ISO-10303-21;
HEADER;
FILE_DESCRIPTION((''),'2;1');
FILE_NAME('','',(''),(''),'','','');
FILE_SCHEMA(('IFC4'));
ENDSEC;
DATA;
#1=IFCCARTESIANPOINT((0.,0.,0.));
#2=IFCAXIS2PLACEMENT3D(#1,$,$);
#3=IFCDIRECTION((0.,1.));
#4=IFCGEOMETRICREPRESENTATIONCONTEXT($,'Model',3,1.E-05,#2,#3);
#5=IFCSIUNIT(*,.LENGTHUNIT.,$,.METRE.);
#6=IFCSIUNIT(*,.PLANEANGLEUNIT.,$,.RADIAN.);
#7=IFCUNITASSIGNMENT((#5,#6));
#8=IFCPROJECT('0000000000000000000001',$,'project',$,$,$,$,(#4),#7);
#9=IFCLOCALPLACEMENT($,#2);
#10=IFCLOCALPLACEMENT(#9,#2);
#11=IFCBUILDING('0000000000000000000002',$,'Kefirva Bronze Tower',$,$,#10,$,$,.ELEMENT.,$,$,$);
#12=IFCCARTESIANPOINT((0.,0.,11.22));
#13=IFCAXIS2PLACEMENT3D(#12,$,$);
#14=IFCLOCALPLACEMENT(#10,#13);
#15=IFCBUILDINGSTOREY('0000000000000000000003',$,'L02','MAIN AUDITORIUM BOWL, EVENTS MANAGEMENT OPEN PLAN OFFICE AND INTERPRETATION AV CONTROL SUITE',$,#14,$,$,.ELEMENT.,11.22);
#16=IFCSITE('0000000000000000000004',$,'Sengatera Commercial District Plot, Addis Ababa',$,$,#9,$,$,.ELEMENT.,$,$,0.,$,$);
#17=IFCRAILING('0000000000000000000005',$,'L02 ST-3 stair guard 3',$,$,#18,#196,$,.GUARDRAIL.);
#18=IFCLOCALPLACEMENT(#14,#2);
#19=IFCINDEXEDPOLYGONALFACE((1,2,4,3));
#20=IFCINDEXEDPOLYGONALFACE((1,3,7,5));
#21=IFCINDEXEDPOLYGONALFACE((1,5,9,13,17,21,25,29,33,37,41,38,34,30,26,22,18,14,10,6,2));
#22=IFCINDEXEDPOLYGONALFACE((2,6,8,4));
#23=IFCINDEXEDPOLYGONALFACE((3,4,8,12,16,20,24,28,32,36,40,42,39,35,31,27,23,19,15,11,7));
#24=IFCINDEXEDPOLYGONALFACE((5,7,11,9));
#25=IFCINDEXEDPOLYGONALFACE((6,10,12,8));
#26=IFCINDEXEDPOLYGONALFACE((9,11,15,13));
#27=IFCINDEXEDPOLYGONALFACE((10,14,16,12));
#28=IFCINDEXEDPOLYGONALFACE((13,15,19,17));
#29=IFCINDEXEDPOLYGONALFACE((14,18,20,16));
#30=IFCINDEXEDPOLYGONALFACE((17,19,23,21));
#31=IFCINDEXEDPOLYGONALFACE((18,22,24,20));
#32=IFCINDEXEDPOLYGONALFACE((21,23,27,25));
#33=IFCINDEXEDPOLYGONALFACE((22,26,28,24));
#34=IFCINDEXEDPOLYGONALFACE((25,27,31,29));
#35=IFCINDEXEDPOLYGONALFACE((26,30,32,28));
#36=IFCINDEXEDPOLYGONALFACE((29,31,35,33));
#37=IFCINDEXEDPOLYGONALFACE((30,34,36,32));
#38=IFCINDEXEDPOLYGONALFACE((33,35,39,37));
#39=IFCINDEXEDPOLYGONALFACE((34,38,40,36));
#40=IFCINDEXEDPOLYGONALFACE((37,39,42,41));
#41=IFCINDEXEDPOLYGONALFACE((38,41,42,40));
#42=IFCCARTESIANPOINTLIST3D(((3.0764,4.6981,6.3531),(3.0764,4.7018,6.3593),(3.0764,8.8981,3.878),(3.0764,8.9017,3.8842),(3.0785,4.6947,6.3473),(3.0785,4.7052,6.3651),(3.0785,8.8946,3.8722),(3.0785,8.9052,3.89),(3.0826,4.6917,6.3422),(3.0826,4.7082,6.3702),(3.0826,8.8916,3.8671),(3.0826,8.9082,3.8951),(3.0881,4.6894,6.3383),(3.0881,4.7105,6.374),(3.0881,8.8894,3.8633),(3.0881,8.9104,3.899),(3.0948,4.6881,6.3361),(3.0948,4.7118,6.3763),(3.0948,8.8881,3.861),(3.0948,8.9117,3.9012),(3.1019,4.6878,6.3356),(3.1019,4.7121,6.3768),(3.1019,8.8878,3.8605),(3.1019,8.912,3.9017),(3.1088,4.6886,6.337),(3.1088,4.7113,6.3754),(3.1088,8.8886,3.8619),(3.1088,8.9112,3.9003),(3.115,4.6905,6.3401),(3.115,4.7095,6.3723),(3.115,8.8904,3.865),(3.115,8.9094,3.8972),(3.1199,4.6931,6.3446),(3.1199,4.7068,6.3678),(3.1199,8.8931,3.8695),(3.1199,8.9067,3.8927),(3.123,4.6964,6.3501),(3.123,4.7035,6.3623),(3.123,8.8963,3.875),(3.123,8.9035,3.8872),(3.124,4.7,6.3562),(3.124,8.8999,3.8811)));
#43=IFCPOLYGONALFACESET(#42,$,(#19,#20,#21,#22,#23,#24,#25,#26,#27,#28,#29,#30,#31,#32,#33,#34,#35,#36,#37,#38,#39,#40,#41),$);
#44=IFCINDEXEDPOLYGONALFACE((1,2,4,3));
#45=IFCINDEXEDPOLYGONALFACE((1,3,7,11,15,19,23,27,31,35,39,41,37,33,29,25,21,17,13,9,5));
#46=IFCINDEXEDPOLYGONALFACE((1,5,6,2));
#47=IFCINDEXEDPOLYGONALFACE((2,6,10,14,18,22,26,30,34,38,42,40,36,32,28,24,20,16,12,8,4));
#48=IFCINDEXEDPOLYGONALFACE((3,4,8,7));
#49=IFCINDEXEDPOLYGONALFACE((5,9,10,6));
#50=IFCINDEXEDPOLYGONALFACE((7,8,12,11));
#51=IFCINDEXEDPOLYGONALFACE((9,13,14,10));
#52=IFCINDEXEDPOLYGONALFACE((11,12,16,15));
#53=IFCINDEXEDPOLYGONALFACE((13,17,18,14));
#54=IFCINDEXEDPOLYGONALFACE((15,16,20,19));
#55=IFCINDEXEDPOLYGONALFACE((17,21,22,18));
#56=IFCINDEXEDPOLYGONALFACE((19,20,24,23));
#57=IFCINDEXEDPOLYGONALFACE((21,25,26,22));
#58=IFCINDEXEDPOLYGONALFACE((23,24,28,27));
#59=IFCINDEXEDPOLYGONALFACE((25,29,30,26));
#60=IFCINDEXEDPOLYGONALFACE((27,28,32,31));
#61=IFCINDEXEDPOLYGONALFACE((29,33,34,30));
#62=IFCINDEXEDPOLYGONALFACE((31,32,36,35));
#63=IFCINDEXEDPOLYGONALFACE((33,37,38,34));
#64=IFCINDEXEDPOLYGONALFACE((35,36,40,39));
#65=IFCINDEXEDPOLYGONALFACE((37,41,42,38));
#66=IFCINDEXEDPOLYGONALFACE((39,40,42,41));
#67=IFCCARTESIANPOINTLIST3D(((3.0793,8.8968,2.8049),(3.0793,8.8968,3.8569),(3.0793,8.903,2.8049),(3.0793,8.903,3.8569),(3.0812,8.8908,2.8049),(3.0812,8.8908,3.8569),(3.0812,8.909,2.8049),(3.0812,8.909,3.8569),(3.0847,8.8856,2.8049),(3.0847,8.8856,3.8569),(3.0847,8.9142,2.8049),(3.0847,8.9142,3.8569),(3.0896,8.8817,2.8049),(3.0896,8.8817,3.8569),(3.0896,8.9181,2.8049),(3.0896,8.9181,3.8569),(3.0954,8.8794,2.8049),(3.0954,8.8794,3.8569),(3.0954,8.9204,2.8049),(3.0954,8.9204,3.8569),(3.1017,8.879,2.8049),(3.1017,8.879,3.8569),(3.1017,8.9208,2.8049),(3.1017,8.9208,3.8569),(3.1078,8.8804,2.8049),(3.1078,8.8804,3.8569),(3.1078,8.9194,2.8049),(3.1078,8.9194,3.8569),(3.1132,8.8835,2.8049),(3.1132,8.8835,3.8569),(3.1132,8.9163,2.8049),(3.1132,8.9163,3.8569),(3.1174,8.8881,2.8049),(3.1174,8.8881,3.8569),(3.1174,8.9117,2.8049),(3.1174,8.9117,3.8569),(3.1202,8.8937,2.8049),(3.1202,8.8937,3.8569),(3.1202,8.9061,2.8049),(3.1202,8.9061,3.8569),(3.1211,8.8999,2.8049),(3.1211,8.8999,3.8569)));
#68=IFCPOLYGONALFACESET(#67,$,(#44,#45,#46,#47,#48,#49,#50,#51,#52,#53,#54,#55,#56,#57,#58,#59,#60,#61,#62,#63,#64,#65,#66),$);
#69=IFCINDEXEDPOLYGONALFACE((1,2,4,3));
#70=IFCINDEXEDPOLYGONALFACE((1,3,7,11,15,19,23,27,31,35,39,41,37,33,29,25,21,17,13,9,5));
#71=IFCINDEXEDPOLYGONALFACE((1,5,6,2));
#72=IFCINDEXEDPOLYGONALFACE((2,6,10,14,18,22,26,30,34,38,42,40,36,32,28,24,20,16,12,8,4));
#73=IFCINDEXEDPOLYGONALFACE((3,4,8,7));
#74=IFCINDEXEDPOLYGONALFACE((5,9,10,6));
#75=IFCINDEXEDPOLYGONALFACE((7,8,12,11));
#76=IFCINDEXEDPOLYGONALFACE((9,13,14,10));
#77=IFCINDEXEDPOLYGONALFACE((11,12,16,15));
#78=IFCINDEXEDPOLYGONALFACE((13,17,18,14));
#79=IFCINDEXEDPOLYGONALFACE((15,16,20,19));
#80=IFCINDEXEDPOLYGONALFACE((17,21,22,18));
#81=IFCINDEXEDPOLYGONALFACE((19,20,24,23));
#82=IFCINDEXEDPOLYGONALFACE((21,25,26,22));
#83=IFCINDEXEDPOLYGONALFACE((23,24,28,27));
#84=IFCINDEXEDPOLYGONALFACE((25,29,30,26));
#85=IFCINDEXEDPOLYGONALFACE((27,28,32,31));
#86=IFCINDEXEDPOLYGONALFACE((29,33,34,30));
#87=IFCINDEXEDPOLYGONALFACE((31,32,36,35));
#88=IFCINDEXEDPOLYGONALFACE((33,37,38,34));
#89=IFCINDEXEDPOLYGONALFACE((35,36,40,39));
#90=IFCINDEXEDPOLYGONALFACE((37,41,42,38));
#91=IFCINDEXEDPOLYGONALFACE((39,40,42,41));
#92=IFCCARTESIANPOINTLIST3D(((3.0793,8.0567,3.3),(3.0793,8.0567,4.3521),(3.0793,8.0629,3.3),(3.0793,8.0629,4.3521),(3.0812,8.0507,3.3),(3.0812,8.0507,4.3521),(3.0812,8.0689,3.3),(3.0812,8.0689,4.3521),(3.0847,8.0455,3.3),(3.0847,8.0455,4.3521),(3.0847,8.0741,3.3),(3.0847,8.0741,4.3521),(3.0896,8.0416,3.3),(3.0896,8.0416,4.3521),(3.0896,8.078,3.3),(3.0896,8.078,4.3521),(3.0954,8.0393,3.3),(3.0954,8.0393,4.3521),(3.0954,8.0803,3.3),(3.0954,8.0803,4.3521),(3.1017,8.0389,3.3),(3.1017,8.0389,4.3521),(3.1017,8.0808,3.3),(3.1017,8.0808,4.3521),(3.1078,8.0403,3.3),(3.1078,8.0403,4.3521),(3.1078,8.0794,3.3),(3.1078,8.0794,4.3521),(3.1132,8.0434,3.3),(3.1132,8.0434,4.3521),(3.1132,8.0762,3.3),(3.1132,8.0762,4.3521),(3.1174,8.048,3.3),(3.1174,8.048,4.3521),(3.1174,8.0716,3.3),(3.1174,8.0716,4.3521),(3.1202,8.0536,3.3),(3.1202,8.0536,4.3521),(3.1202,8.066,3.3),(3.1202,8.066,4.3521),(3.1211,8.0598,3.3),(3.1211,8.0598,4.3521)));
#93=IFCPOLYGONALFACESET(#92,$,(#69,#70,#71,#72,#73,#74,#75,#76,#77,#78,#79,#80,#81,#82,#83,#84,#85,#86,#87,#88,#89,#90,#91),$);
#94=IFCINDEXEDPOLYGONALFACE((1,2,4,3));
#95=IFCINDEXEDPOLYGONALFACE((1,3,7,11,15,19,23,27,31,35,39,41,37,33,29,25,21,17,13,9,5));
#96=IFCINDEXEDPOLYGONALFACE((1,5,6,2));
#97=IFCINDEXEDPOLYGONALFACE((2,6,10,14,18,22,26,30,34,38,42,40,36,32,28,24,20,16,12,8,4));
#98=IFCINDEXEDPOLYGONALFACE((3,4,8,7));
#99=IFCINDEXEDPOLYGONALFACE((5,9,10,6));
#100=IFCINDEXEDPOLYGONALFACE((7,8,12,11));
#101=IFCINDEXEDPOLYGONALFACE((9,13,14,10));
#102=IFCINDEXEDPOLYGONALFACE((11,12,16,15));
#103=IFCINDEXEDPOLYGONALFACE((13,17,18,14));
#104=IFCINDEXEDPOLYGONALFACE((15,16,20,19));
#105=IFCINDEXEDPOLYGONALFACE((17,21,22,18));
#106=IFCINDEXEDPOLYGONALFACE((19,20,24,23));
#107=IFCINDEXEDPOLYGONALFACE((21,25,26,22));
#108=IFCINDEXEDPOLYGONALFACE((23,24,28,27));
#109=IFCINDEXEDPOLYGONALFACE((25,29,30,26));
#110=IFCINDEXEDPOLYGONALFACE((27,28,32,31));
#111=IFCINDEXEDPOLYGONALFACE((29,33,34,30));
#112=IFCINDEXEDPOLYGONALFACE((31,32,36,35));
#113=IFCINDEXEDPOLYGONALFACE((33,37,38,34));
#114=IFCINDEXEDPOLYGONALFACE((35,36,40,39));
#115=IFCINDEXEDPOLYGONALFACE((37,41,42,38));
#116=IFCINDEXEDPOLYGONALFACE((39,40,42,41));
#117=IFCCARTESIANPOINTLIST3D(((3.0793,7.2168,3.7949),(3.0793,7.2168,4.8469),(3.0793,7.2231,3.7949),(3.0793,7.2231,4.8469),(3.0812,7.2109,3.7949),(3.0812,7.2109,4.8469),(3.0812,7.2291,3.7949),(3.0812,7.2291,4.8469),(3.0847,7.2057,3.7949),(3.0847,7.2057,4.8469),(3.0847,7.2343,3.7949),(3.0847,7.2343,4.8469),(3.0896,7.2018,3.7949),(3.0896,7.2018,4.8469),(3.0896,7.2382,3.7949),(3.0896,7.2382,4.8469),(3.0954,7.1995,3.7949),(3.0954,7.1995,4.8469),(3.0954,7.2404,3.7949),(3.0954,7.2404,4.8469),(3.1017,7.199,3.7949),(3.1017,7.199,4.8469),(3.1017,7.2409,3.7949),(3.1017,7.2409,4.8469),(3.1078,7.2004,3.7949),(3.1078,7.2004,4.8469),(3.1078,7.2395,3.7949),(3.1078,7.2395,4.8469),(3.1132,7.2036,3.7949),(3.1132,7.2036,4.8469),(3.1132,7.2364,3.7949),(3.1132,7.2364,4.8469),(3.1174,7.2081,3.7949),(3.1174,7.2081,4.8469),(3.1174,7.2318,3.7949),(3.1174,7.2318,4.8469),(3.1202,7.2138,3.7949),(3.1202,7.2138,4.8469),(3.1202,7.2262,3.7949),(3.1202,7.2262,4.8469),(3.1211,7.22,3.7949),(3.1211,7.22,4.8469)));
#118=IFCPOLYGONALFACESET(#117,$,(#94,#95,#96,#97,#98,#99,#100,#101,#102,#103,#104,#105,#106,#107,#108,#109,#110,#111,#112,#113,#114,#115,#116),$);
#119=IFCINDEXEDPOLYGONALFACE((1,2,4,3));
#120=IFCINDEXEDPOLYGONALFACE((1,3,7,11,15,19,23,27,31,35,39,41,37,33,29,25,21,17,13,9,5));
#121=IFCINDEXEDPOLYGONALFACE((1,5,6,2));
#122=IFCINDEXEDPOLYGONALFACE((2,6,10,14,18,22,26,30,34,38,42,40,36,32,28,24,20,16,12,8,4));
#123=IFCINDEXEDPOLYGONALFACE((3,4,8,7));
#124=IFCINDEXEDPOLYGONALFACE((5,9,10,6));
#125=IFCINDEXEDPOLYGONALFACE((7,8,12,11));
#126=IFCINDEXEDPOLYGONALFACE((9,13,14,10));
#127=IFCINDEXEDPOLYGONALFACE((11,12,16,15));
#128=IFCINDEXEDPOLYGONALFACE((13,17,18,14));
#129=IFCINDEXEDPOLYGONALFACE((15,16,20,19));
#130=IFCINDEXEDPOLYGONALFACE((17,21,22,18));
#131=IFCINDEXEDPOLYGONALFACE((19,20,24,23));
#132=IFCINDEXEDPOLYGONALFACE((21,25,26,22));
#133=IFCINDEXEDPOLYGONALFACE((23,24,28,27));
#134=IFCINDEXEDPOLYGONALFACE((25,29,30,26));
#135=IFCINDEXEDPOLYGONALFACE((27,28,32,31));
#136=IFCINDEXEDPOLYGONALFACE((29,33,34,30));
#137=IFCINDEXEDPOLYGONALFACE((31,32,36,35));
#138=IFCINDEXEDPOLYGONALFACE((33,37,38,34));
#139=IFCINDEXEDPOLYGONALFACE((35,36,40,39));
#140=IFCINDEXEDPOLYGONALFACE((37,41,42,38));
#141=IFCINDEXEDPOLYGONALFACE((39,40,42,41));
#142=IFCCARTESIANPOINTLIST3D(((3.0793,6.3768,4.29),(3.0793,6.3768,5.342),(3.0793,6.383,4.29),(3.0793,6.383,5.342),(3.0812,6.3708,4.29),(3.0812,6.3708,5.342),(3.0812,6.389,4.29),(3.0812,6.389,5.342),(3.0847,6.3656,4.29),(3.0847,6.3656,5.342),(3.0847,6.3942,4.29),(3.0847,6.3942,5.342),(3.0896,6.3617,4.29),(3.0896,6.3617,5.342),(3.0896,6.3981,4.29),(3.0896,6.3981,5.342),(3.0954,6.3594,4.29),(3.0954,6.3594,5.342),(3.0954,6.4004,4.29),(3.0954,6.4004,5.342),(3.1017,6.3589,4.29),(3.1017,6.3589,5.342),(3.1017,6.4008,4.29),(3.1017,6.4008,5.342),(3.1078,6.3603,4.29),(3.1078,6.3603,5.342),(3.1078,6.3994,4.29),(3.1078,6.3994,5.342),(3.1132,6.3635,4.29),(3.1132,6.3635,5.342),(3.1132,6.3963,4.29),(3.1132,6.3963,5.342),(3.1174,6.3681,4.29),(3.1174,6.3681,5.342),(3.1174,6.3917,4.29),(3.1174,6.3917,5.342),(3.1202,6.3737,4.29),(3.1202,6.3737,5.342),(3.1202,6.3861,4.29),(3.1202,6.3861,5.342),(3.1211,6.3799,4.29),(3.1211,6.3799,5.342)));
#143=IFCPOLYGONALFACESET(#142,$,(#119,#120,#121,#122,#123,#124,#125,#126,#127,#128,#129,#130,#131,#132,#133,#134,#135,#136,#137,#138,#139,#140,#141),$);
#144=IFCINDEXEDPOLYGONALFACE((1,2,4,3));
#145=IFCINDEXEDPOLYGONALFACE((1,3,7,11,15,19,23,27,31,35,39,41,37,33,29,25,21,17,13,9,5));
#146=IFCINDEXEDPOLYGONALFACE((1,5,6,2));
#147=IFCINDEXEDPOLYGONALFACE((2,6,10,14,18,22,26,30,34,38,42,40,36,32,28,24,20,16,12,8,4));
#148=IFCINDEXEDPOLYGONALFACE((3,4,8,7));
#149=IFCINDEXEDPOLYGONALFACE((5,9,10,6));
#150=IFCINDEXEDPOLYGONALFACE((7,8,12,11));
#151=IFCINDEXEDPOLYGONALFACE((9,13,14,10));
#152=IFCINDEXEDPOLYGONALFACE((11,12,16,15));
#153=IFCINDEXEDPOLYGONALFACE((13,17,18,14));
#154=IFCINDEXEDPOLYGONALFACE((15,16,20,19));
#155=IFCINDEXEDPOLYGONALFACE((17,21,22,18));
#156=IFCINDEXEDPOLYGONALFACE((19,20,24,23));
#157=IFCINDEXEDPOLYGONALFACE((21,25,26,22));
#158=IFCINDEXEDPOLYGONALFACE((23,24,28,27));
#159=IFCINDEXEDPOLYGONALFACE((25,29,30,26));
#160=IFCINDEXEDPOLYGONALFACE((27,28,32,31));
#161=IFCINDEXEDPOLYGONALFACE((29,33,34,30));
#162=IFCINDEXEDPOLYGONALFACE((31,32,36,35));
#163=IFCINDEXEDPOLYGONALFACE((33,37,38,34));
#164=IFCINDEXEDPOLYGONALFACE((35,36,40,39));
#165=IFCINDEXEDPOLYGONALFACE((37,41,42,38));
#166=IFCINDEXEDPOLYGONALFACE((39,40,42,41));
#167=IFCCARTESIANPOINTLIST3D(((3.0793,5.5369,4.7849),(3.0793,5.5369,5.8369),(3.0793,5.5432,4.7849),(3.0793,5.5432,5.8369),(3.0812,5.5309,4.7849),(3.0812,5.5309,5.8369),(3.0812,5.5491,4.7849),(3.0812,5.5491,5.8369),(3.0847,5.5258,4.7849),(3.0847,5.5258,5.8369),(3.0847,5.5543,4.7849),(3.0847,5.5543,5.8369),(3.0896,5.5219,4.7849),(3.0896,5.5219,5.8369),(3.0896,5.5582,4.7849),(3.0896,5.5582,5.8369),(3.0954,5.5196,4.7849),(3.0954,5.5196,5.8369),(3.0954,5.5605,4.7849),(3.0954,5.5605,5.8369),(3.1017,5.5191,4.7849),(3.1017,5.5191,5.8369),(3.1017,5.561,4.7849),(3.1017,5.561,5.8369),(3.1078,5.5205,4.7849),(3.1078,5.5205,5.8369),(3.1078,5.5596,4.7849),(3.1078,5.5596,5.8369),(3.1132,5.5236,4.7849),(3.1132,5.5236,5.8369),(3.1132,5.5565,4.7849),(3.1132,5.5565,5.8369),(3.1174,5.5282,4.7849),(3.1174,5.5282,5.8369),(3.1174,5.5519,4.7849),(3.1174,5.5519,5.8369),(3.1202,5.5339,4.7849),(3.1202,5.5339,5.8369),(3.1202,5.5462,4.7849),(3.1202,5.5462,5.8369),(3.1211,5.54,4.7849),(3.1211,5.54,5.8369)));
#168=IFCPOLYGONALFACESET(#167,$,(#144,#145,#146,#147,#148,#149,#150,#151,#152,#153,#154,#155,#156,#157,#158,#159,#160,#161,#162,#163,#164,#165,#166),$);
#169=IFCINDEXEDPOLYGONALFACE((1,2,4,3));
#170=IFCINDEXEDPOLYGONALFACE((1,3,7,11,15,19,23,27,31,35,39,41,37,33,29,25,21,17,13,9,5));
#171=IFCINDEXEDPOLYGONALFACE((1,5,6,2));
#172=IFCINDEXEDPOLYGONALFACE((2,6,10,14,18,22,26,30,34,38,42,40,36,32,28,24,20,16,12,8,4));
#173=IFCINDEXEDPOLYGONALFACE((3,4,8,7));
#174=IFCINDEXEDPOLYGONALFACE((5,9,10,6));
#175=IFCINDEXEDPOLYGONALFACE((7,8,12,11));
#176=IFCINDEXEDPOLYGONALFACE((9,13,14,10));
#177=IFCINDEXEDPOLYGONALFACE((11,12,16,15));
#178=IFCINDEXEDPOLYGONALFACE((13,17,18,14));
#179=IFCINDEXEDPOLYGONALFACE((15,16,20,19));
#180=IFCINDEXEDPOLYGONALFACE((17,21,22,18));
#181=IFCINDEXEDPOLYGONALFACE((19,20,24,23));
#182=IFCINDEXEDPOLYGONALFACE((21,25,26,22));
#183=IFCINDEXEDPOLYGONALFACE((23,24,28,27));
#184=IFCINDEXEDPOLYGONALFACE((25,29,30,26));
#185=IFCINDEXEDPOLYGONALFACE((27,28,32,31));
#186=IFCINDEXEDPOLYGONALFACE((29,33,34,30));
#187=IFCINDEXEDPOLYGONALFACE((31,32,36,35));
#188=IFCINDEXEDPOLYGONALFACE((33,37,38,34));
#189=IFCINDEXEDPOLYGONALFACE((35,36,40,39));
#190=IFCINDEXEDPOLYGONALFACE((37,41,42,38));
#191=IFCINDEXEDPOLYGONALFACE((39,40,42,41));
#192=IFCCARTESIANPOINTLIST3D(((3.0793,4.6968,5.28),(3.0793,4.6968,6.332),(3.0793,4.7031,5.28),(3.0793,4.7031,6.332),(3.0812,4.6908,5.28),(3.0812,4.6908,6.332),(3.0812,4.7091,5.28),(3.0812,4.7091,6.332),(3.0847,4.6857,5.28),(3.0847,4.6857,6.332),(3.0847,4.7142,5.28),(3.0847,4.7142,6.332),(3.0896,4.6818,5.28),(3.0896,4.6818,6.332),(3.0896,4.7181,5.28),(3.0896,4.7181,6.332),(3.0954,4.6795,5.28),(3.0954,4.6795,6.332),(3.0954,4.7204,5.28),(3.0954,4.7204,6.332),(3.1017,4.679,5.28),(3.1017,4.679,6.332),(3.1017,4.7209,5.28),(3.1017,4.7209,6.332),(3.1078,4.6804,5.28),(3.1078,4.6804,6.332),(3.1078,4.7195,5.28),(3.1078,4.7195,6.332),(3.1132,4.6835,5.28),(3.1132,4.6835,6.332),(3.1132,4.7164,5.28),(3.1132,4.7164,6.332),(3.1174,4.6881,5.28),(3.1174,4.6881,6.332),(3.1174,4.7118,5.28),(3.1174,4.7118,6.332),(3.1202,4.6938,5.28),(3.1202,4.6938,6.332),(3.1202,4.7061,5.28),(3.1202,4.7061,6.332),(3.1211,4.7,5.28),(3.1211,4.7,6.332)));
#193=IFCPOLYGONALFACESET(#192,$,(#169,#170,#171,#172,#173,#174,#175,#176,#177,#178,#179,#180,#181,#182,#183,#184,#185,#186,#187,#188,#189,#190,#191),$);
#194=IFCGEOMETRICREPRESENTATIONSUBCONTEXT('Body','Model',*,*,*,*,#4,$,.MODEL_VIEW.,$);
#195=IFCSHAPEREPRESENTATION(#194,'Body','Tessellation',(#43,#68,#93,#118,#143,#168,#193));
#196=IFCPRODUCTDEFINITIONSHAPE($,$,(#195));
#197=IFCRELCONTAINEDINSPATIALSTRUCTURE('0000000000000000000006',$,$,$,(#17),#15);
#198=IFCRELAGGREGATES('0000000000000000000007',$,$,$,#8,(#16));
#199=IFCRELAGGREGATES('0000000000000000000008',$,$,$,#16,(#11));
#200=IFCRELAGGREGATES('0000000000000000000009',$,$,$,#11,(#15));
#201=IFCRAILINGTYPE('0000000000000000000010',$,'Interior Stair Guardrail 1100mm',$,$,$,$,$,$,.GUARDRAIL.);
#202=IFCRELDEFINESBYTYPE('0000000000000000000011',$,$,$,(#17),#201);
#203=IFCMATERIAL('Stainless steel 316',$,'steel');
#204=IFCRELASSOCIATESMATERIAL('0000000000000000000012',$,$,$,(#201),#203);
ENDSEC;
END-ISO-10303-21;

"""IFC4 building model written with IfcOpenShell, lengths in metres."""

from ifc_helpers import new_model, si_unit, direction, frame, origin, origin_2d, place, context, subcontext, project, spatial, circle, extrude, material, type_object, element, save


model = new_model("IFC4")

# Units and contexts
model_context = context("Model", 3, precision=1e-05, world=origin(), true_north=direction((0.0, 1.0)))
body_context = subcontext(model_context, "Body", "Model", "MODEL_VIEW")
ifc_project = project(units=[si_unit("LENGTHUNIT", "METRE"), si_unit("PLANEANGLEUNIT", "RADIAN")], contexts=[model_context])

# Site, building, storey
site_placement = place(None, origin())
site = spatial("IfcSite", under=ifc_project, at=site_placement, Name="Sengatera Commercial District Plot, Addis Ababa", CompositionType="ELEMENT", RefElevation=0.0)
building_placement = place(site_placement, origin())
building = spatial("IfcBuilding", under=site, at=building_placement, Name="Kefirva Bronze Tower", CompositionType="ELEMENT")
storey_placement = place(building_placement, frame((0.0, 0.0, 11.22)))
storey = spatial("IfcBuildingStorey", under=building, at=storey_placement, Name="L02", Description="MAIN AUDITORIUM BOWL, EVENTS MANAGEMENT OPEN PLAN OFFICE AND INTERPRETATION AV CONTROL SUITE", CompositionType="ELEMENT", Elevation=11.22)

# Railing
ifc_material_1 = material(Name="Stainless steel 316", Category="steel")
railing_type_1 = type_object("IfcRailingType", Name="Interior Stair Guardrail 1100mm", PredefinedType="GUARDRAIL", material=ifc_material_1)
railing_1_placement = place(storey_placement, frame((3.1001, 8.8999, 2.8049)))
element("IfcRailing", 1, at=railing_1_placement, inside=storey, type_object=railing_type_1, Name="L02 ST-3 stair guard 3", PredefinedType="GUARDRAIL", context=body_context, shape_type="SweptSolid", body=[
    extrude(circle(Radius=0.0239, at=origin_2d()), frame((0.0, 0.0, 1.0762), z_axis=(0.0, -0.861527, 0.507712), x_axis=(1.0, 0.0, 0.0)), (0.0, 0.0, 1.0), 4.875),
    extrude(circle(Radius=0.021, at=origin_2d()), origin(), (0.0, 0.0, 1.0), 1.052),
    extrude(circle(Radius=0.021, at=origin_2d()), frame((0.0, -0.8401, 0.4951)), (0.0, 0.0, 1.0), 1.052),
    extrude(circle(Radius=0.021, at=origin_2d()), frame((0.0, -1.6799, 0.99)), (0.0, 0.0, 1.0), 1.052),
    extrude(circle(Radius=0.021, at=origin_2d()), frame((0.0, -2.52, 1.4851)), (0.0, 0.0, 1.0), 1.052),
    extrude(circle(Radius=0.021, at=origin_2d()), frame((0.0, -3.3599, 1.98)), (0.0, 0.0, 1.0), 1.052),
    extrude(circle(Radius=0.021, at=origin_2d()), frame((0.0, -4.2, 2.4751)), (0.0, 0.0, 1.0), 1.052),
])

save(model, "model.ifc")
